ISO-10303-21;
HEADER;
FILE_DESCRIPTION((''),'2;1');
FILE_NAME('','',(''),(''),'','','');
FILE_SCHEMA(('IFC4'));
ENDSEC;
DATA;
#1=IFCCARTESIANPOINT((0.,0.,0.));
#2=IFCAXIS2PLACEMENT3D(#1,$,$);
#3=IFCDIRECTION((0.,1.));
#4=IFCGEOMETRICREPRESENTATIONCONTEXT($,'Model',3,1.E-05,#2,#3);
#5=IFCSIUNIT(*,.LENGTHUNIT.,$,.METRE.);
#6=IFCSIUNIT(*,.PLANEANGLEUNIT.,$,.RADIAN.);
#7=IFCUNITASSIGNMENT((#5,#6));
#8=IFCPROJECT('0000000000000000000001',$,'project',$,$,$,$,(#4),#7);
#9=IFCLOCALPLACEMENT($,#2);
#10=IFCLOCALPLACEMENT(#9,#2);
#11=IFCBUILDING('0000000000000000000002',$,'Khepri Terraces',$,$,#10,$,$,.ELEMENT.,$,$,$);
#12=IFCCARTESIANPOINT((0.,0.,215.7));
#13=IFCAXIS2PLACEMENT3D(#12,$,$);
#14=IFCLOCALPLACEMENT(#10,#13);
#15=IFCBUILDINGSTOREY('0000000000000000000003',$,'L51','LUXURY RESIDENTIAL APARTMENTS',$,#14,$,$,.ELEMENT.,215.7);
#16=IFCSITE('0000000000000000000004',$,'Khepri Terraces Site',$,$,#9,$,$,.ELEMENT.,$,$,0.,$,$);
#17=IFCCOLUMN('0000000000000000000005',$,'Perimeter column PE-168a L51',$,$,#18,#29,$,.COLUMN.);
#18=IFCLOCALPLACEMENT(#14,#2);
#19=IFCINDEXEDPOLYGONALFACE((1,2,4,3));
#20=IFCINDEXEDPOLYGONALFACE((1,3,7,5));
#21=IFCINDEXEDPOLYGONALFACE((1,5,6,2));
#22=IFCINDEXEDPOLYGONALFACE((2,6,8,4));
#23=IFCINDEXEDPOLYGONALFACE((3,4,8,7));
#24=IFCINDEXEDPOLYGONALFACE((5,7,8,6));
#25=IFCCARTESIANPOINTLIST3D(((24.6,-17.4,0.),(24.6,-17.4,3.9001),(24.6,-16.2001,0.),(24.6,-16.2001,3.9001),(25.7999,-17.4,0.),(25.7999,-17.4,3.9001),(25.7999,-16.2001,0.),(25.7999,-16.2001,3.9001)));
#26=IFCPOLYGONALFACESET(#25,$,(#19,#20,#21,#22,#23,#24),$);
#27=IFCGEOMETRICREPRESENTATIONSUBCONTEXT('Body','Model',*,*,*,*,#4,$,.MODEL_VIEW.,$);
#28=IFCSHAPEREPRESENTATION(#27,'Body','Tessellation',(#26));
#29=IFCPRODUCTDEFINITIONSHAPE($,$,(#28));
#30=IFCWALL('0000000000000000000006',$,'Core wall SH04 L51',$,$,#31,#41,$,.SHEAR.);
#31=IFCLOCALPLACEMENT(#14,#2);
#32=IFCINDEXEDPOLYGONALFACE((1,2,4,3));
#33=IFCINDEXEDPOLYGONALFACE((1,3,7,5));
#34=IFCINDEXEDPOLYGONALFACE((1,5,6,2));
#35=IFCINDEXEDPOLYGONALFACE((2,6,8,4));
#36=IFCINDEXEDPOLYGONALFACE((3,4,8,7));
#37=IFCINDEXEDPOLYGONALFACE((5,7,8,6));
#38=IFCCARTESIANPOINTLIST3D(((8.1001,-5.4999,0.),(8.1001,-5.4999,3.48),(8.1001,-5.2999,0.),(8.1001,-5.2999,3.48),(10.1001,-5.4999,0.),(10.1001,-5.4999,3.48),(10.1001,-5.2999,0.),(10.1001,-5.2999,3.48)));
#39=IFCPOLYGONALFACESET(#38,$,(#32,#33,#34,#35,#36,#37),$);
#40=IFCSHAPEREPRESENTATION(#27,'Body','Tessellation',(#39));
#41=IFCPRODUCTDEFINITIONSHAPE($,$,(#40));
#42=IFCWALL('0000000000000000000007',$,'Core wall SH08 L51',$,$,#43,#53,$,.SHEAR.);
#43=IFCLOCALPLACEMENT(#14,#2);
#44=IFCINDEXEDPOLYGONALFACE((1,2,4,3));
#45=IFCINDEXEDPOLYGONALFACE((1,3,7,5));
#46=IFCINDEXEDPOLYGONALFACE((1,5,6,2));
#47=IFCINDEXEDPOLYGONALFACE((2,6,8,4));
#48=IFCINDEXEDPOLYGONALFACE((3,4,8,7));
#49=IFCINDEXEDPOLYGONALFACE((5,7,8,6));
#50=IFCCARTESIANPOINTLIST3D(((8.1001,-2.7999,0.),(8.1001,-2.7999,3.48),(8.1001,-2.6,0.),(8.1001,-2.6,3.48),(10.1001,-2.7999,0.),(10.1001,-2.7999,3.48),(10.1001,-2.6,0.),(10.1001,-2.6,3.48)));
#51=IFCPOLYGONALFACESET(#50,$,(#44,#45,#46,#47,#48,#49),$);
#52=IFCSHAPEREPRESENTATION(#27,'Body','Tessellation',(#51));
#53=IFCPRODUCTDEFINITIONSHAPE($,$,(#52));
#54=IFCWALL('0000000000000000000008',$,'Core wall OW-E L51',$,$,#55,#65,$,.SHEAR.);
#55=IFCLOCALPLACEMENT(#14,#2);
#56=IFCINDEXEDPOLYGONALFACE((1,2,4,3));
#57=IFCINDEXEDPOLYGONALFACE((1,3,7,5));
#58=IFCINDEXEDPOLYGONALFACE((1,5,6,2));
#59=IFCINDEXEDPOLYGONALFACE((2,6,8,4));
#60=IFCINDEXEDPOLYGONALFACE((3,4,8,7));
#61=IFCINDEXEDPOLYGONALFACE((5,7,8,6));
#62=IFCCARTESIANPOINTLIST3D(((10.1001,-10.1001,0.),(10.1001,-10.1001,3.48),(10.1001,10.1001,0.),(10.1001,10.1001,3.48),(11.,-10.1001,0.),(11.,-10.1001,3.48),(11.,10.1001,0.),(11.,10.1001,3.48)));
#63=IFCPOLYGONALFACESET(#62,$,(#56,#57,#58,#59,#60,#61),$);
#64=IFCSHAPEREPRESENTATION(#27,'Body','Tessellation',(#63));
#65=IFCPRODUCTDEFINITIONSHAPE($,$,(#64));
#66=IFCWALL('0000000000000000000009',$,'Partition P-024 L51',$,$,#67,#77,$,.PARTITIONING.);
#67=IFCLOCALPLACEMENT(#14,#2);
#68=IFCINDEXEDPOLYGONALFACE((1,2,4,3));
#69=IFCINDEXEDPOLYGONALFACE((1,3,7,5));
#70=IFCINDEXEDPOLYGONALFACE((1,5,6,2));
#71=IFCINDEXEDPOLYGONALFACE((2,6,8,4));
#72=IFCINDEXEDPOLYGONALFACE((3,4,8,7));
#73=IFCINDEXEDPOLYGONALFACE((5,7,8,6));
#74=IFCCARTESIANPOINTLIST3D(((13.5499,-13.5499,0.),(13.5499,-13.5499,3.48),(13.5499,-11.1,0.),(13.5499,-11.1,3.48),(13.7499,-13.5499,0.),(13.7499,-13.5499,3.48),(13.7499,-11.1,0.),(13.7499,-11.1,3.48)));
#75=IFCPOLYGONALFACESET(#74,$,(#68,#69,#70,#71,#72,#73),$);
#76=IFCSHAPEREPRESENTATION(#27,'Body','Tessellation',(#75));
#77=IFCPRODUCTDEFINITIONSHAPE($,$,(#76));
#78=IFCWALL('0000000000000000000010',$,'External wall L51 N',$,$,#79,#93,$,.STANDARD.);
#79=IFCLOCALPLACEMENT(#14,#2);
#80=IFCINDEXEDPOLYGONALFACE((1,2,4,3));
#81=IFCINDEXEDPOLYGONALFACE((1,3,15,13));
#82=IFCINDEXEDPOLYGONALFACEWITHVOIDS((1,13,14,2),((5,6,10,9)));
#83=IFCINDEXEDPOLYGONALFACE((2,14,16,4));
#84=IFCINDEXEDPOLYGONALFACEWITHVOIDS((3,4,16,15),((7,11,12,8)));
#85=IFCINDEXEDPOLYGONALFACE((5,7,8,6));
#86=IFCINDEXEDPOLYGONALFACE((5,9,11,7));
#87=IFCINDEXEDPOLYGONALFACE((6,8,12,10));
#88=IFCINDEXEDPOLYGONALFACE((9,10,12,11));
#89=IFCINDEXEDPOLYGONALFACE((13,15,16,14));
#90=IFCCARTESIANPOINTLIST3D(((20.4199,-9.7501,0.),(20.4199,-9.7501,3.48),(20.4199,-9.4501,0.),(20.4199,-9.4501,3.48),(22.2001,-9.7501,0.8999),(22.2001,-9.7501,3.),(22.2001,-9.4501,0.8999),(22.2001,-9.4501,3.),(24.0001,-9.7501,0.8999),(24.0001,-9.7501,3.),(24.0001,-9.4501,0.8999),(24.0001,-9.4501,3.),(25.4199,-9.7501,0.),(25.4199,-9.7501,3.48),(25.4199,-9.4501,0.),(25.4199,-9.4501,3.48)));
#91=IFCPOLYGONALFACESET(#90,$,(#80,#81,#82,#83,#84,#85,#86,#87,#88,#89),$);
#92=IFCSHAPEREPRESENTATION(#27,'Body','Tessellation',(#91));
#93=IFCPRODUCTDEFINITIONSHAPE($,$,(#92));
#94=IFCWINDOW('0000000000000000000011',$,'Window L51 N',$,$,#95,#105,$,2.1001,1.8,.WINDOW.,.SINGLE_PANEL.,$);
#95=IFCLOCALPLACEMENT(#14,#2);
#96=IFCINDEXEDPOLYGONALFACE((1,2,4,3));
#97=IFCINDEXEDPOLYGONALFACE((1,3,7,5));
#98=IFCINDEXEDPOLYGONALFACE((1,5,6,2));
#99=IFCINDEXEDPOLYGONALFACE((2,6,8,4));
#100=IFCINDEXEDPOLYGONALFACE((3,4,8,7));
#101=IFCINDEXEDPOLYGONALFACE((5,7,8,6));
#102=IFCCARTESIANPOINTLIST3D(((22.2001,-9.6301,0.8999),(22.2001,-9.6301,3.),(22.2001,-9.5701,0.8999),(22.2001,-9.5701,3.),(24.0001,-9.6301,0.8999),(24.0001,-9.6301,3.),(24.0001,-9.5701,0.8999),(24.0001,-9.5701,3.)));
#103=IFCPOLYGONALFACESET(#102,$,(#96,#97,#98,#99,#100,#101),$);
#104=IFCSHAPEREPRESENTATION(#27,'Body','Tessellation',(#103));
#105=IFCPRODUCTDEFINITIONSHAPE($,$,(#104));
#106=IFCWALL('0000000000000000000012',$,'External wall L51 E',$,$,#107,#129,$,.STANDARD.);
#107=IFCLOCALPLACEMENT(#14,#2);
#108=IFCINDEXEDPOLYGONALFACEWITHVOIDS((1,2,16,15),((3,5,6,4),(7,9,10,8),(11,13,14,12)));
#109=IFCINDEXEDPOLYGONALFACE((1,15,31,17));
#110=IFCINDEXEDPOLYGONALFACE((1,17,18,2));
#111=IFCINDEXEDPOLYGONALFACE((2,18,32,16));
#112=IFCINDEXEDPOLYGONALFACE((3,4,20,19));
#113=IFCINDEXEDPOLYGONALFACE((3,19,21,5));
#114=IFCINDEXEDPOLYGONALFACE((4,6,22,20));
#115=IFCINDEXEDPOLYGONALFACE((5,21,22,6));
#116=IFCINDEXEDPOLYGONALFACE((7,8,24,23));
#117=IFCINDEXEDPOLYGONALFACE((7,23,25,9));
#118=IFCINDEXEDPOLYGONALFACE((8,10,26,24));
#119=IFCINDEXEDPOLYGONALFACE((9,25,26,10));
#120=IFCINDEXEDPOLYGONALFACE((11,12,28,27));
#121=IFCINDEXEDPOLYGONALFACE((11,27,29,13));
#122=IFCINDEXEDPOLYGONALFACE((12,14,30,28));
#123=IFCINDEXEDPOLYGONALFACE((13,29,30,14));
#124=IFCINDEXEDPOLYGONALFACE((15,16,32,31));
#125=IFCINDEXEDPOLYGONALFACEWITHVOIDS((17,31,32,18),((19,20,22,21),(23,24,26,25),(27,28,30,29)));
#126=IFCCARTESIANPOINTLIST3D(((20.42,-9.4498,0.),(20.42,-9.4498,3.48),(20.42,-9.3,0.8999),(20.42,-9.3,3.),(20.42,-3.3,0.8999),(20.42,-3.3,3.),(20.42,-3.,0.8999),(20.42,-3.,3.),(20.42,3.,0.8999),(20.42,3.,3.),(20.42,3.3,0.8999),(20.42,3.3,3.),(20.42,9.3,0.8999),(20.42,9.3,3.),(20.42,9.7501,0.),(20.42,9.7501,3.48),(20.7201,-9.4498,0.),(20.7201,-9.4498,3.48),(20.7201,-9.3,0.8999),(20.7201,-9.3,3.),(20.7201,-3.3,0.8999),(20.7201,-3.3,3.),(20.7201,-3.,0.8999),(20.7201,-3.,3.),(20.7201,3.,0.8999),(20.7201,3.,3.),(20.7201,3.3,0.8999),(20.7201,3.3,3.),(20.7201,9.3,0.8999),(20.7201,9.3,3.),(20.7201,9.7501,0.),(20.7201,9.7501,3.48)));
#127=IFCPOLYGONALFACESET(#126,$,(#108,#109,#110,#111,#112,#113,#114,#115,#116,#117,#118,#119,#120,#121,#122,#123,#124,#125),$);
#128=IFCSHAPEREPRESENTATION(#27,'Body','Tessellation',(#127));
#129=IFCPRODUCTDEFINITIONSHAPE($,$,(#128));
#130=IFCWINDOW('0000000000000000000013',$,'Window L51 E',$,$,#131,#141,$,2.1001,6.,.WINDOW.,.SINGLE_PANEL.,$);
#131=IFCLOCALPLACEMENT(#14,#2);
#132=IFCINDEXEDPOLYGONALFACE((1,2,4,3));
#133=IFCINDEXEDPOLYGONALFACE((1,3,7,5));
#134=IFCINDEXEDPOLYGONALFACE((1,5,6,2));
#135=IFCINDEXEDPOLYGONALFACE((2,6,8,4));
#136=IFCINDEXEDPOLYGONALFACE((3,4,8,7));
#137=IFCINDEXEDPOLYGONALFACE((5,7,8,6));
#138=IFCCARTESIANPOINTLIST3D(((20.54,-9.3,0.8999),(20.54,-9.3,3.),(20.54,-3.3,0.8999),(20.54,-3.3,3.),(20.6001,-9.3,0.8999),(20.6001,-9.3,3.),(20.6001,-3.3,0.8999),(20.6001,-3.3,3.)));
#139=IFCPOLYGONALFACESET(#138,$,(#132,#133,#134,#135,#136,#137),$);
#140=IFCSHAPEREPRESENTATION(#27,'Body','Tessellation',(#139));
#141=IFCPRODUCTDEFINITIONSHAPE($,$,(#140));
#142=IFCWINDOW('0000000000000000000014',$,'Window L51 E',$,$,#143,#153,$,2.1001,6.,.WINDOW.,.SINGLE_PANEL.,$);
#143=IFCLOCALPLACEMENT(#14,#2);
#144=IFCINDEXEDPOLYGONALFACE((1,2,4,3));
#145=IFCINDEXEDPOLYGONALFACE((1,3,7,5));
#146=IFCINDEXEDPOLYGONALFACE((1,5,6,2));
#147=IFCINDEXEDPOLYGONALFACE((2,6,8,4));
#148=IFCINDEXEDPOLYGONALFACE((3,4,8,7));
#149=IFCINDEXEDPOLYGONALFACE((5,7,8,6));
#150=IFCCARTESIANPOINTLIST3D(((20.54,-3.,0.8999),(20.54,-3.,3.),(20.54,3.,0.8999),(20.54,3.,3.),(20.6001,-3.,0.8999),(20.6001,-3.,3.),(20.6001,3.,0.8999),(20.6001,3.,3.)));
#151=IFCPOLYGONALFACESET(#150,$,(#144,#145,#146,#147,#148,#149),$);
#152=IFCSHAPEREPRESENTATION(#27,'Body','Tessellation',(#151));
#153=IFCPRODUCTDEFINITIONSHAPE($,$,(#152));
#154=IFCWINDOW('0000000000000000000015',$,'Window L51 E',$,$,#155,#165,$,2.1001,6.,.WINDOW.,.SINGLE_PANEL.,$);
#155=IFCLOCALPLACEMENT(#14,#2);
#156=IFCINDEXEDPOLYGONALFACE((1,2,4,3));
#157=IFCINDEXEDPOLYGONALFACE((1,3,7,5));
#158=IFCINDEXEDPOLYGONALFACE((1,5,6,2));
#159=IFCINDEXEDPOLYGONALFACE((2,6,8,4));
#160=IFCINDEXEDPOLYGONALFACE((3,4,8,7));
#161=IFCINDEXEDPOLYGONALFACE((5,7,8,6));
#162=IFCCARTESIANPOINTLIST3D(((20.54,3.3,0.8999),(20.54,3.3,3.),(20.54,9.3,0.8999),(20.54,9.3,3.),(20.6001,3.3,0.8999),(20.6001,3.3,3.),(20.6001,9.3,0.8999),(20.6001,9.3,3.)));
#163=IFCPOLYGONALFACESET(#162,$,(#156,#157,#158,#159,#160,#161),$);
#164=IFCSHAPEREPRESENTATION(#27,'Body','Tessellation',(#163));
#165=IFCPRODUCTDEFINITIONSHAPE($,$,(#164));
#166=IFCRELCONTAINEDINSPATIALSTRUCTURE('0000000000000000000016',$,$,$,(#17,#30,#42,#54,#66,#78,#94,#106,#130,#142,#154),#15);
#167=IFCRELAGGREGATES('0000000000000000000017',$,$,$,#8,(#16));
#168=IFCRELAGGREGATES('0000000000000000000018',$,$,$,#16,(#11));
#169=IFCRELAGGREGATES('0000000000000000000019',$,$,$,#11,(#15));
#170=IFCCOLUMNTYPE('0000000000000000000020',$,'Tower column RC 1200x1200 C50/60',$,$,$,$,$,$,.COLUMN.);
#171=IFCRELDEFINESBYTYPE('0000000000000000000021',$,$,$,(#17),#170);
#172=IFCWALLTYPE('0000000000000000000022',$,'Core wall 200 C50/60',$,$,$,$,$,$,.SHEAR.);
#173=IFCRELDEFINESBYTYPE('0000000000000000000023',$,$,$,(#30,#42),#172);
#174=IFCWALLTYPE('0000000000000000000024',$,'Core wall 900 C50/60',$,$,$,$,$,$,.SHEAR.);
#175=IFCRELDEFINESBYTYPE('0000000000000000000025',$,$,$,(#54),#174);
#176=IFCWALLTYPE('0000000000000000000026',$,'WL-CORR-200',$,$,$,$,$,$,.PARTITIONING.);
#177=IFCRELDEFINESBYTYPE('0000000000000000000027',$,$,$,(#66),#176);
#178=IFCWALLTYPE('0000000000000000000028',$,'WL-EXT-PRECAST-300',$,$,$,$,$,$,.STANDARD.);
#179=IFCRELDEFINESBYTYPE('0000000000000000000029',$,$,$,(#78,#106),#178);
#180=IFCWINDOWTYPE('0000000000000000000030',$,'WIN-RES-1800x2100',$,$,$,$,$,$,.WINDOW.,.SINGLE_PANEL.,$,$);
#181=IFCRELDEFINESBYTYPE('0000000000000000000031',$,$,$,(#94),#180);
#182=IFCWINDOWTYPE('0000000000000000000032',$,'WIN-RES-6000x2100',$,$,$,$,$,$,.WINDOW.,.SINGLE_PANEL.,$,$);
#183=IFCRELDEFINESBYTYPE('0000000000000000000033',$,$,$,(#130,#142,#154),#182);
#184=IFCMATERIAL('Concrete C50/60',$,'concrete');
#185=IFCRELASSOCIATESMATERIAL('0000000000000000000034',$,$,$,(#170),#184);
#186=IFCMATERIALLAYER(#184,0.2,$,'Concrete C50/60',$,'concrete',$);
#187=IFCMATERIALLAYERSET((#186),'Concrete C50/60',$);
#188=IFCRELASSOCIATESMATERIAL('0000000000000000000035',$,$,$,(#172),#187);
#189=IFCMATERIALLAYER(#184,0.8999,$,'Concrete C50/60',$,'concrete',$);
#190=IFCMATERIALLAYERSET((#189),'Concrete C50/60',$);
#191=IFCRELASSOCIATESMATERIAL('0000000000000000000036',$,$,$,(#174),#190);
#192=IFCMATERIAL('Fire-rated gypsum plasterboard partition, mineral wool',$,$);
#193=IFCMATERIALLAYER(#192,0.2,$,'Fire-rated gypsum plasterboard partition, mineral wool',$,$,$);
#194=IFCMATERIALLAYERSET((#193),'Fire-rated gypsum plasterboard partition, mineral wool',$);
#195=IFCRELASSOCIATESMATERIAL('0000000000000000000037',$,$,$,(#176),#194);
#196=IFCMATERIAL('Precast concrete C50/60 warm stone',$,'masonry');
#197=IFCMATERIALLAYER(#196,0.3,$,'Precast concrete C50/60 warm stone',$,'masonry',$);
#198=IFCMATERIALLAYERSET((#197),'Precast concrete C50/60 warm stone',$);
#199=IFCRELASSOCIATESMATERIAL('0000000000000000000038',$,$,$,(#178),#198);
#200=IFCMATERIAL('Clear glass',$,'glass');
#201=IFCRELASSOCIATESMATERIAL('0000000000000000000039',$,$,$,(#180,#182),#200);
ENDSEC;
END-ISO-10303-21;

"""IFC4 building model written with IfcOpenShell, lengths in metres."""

from ifc_helpers import new_model, si_unit, direction, frame, frame_2d, origin, origin_2d, place, context, subcontext, project, spatial, rectangle, extrude, material, layer, layer_set, material_profile, profile_set, type_object, element, fill, save


model = new_model("IFC4")

# Units and contexts
model_context = context("Model", 3, precision=1e-05, world=origin(), true_north=direction((0.0, 1.0)))
body_context = subcontext(model_context, "Body", "Model", "MODEL_VIEW")
ifc_project = project(units=[si_unit("LENGTHUNIT", "METRE"), si_unit("PLANEANGLEUNIT", "RADIAN")], contexts=[model_context])

# Site, building, storey
site_placement = place(None, origin())
site = spatial("IfcSite", under=ifc_project, at=site_placement, Name="Khepri Terraces Site", CompositionType="ELEMENT", RefElevation=0.0)
building_placement = place(site_placement, origin())
building = spatial("IfcBuilding", under=site, at=building_placement, Name="Khepri Terraces", CompositionType="ELEMENT")
storey_placement = place(building_placement, frame((0.0, 0.0, 215.7)))
storey = spatial("IfcBuildingStorey", under=building, at=storey_placement, Name="L51", Description="LUXURY RESIDENTIAL APARTMENTS", CompositionType="ELEMENT", Elevation=215.7)

# Column
ifc_material_1 = material(Name="Concrete C50/60", Category="concrete")
ifc_material_profile = material_profile(ifc_material_1, rectangle(XDim=1.2, YDim=1.2, at=origin_2d()), Name="Concrete C50/60", Category="concrete")
ifc_profile_set = profile_set([ifc_material_profile], Name="Concrete C50/60")
column_type = type_object("IfcColumnType", Name="Tower column RC 1200x1200 C50/60", PredefinedType="COLUMN", material=ifc_profile_set)
column_placement = place(storey_placement, frame((25.2, -16.8, 0.0), z_axis=(0.0, 0.0, 1.0), x_axis=(1.0, 0.0, 0.0)))
element("IfcColumn", 1, at=column_placement, inside=storey, type_object=column_type, Name="Perimeter column PE-168a L51", PredefinedType="COLUMN", context=body_context, shape_type="SweptSolid", body=[
    extrude(rectangle(XDim=1.2, YDim=1.2, at=origin_2d()), origin(), (0.0, 0.0, 1.0), 3.9001),
])

# Walls
ifc_layer_1 = layer(ifc_material_1, 0.2, Name="Concrete C50/60", Category="concrete")
ifc_layer_set_1 = layer_set([ifc_layer_1], Name="Concrete C50/60")
wall_type_1 = type_object("IfcWallType", Name="Core wall 200 C50/60", PredefinedType="SHEAR", material=ifc_layer_set_1)
for number, where, z_axis, x_axis, name in (
    (2, (8.1001, -5.3999, 0.0), (0.0, 0.0, 1.0), (1.0, 0.0, 0.0), "Core wall SH04 L51"),
    (3, (8.1001, -2.7, 0.0), (0.0, 0.0, 1.0), (1.0, 0.0, 0.0), "Core wall SH08 L51"),
):
    element("IfcWall", number, at=place(storey_placement, frame(where, z_axis=z_axis, x_axis=x_axis)), inside=storey, type_object=wall_type_1, Name=name, PredefinedType="SHEAR", context=body_context, shape_type="SweptSolid", body=[
        extrude(rectangle(XDim=2.0, YDim=0.2, at=frame_2d((1.0, 0.0))), origin(), (0.0, 0.0, 1.0), 3.48),
    ])
ifc_layer_2 = layer(ifc_material_1, 0.8999, Name="Concrete C50/60", Category="concrete")
ifc_layer_set_2 = layer_set([ifc_layer_2], Name="Concrete C50/60")
wall_type_2 = type_object("IfcWallType", Name="Core wall 900 C50/60", PredefinedType="SHEAR", material=ifc_layer_set_2)
wall_1_placement = place(storey_placement, frame((10.55, -10.1001, 0.0), z_axis=(0.0, 0.0, 1.0), x_axis=(0.0, 1.0, 0.0)))
element("IfcWall", 4, at=wall_1_placement, inside=storey, type_object=wall_type_2, Name="Core wall OW-E L51", PredefinedType="SHEAR", context=body_context, shape_type="SweptSolid", body=[
    extrude(rectangle(XDim=20.2002, YDim=0.8999, at=frame_2d((10.1001, 0.0))), origin(), (0.0, 0.0, 1.0), 3.48),
])
ifc_material_2 = material(Name="Fire-rated gypsum plasterboard partition, mineral wool")
ifc_layer_3 = layer(ifc_material_2, 0.2, Name="Fire-rated gypsum plasterboard partition, mineral wool")
ifc_layer_set_3 = layer_set([ifc_layer_3], Name="Fire-rated gypsum plasterboard partition, mineral wool")
wall_type_3 = type_object("IfcWallType", Name="WL-CORR-200", PredefinedType="PARTITIONING", material=ifc_layer_set_3)
wall_2_placement = place(storey_placement, frame((13.6499, -13.55, 0.0), z_axis=(0.0, 0.0, 1.0), x_axis=(0.0, 1.0, 0.0)))
element("IfcWall", 5, at=wall_2_placement, inside=storey, type_object=wall_type_3, Name="Partition P-024 L51", PredefinedType="PARTITIONING", context=body_context, shape_type="SweptSolid", body=[
    extrude(rectangle(XDim=2.45, YDim=0.2, at=frame_2d((1.2251, 0.0))), origin(), (0.0, 0.0, 1.0), 3.48),
])

# Shared definitions
ifc_material_3 = material(Name="Precast concrete C50/60 warm stone", Category="masonry")
ifc_layer_4 = layer(ifc_material_3, 0.3, Name="Precast concrete C50/60 warm stone", Category="masonry")
ifc_layer_set_4 = layer_set([ifc_layer_4], Name="Precast concrete C50/60 warm stone")
wall_type_4 = type_object("IfcWallType", Name="WL-EXT-PRECAST-300", PredefinedType="STANDARD", material=ifc_layer_set_4)
ifc_material_4 = material(Name="Clear glass", Category="glass")
window_type_1 = type_object("IfcWindowType", Name="WIN-RES-1800x2100", PartitioningType="SINGLE_PANEL", PredefinedType="WINDOW", material=ifc_material_4)

# Wall, opening, window
wall_3_placement = place(storey_placement, frame((25.4199, -9.6001, 0.0), z_axis=(0.0, 0.0, 1.0), x_axis=(-1.0, 0.0, 0.0)))
wall_3 = element("IfcWall", 6, at=wall_3_placement, inside=storey, type_object=wall_type_4, Name="External wall L51 N", PredefinedType="STANDARD", context=body_context, shape_type="SweptSolid", body=[
    extrude(rectangle(XDim=5.0, YDim=0.3, at=frame_2d((2.5, 0.0))), origin(), (0.0, 0.0, 1.0), 3.48),
])
opening_1_placement = place(wall_3_placement, frame((1.4199, 0.0, 0.8999)))
opening_1 = element("IfcOpeningElement", 7, at=opening_1_placement, cuts=wall_3, PredefinedType="OPENING", context=body_context, shape_type="SweptSolid", body=[
    extrude(rectangle(XDim=1.8, YDim=2.1001, at=frame_2d((0.8999, 1.05))), frame((0.0, 0.1602, 0.0), z_axis=(0.0, -1.0, 0.0), x_axis=(1.0, 0.0, 0.0)), (0.0, 0.0, 1.0), 0.3201),
])
window_1_placement = place(opening_1_placement, origin())
window_1 = element("IfcWindow", 8, at=window_1_placement, inside=storey, type_object=window_type_1, Name="Window L51 N", OverallHeight=2.1001, OverallWidth=1.8, PartitioningType="SINGLE_PANEL", PredefinedType="WINDOW", context=body_context, shape_type="SweptSolid", body=[
    extrude(rectangle(XDim=1.8, YDim=2.1001, at=frame_2d((0.8999, 1.05))), frame((0.0, 0.03, 0.0), z_axis=(0.0, -1.0, 0.0), x_axis=(1.0, 0.0, 0.0)), (0.0, 0.0, 1.0), 0.0601),
])
fill(opening_1, window_1)

# Wall, openings, windows
wall_4_placement = place(storey_placement, frame((20.5701, -9.45, 0.0), z_axis=(0.0, 0.0, 1.0), x_axis=(0.0, 1.0, 0.0)))
wall_4 = element("IfcWall", 9, at=wall_4_placement, inside=storey, type_object=wall_type_4, Name="External wall L51 E", PredefinedType="STANDARD", context=body_context, shape_type="SweptSolid", body=[
    extrude(rectangle(XDim=19.2, YDim=0.3, at=frame_2d((9.6001, 0.0))), origin(), (0.0, 0.0, 1.0), 3.48),
])
opening_2_placement = place(wall_4_placement, frame((0.1499, 0.0, 0.8999)))
opening_2 = element("IfcOpeningElement", 10, at=opening_2_placement, cuts=wall_4, PredefinedType="OPENING", context=body_context, shape_type="SweptSolid", body=[
    extrude(rectangle(XDim=6.0, YDim=2.1001, at=frame_2d((3.0, 1.05))), frame((0.0, 0.1602, 0.0), z_axis=(0.0, -1.0, 0.0), x_axis=(1.0, 0.0, 0.0)), (0.0, 0.0, 1.0), 0.3201),
])
opening_3_placement = place(wall_4_placement, frame((6.45, 0.0, 0.8999)))
opening_3 = element("IfcOpeningElement", 11, at=opening_3_placement, cuts=wall_4, PredefinedType="OPENING", context=body_context, shape_type="SweptSolid", body=[
    extrude(rectangle(XDim=6.0, YDim=2.1001, at=frame_2d((3.0, 1.05))), frame((0.0, 0.1602, 0.0), z_axis=(0.0, -1.0, 0.0), x_axis=(1.0, 0.0, 0.0)), (0.0, 0.0, 1.0), 0.3201),
])
opening_4_placement = place(wall_4_placement, frame((12.75, 0.0, 0.8999)))
opening_4 = element("IfcOpeningElement", 12, at=opening_4_placement, cuts=wall_4, PredefinedType="OPENING", context=body_context, shape_type="SweptSolid", body=[
    extrude(rectangle(XDim=6.0, YDim=2.1001, at=frame_2d((3.0, 1.05))), frame((0.0, 0.1602, 0.0), z_axis=(0.0, -1.0, 0.0), x_axis=(1.0, 0.0, 0.0)), (0.0, 0.0, 1.0), 0.3201),
])
window_type_2 = type_object("IfcWindowType", Name="WIN-RES-6000x2100", PartitioningType="SINGLE_PANEL", PredefinedType="WINDOW", material=ifc_material_4)
window_2_placement = place(opening_2_placement, origin())
window_2 = element("IfcWindow", 13, at=window_2_placement, inside=storey, type_object=window_type_2, Name="Window L51 E", OverallHeight=2.1001, OverallWidth=6.0, PartitioningType="SINGLE_PANEL", PredefinedType="WINDOW", context=body_context, shape_type="SweptSolid", body=[
    extrude(rectangle(XDim=6.0, YDim=2.1001, at=frame_2d((3.0, 1.05))), frame((0.0, 0.03, 0.0), z_axis=(0.0, -1.0, 0.0), x_axis=(1.0, 0.0, 0.0)), (0.0, 0.0, 1.0), 0.0601),
])
fill(opening_2, window_2)
window_3_placement = place(opening_3_placement, origin())
window_3 = element("IfcWindow", 14, at=window_3_placement, inside=storey, type_object=window_type_2, Name="Window L51 E", OverallHeight=2.1001, OverallWidth=6.0, PartitioningType="SINGLE_PANEL", PredefinedType="WINDOW", context=body_context, shape_type="SweptSolid", body=[
    extrude(rectangle(XDim=6.0, YDim=2.1001, at=frame_2d((3.0, 1.05))), frame((0.0, 0.03, 0.0), z_axis=(0.0, -1.0, 0.0), x_axis=(1.0, 0.0, 0.0)), (0.0, 0.0, 1.0), 0.0601),
])
fill(opening_3, window_3)
window_4_placement = place(opening_4_placement, origin())
window_4 = element("IfcWindow", 15, at=window_4_placement, inside=storey, type_object=window_type_2, Name="Window L51 E", OverallHeight=2.1001, OverallWidth=6.0, PartitioningType="SINGLE_PANEL", PredefinedType="WINDOW", context=body_context, shape_type="SweptSolid", body=[
    extrude(rectangle(XDim=6.0, YDim=2.1001, at=frame_2d((3.0, 1.05))), frame((0.0, 0.03, 0.0), z_axis=(0.0, -1.0, 0.0), x_axis=(1.0, 0.0, 0.0)), (0.0, 0.0, 1.0), 0.0601),
])
fill(opening_4, window_4)

save(model, "model.ifc")
